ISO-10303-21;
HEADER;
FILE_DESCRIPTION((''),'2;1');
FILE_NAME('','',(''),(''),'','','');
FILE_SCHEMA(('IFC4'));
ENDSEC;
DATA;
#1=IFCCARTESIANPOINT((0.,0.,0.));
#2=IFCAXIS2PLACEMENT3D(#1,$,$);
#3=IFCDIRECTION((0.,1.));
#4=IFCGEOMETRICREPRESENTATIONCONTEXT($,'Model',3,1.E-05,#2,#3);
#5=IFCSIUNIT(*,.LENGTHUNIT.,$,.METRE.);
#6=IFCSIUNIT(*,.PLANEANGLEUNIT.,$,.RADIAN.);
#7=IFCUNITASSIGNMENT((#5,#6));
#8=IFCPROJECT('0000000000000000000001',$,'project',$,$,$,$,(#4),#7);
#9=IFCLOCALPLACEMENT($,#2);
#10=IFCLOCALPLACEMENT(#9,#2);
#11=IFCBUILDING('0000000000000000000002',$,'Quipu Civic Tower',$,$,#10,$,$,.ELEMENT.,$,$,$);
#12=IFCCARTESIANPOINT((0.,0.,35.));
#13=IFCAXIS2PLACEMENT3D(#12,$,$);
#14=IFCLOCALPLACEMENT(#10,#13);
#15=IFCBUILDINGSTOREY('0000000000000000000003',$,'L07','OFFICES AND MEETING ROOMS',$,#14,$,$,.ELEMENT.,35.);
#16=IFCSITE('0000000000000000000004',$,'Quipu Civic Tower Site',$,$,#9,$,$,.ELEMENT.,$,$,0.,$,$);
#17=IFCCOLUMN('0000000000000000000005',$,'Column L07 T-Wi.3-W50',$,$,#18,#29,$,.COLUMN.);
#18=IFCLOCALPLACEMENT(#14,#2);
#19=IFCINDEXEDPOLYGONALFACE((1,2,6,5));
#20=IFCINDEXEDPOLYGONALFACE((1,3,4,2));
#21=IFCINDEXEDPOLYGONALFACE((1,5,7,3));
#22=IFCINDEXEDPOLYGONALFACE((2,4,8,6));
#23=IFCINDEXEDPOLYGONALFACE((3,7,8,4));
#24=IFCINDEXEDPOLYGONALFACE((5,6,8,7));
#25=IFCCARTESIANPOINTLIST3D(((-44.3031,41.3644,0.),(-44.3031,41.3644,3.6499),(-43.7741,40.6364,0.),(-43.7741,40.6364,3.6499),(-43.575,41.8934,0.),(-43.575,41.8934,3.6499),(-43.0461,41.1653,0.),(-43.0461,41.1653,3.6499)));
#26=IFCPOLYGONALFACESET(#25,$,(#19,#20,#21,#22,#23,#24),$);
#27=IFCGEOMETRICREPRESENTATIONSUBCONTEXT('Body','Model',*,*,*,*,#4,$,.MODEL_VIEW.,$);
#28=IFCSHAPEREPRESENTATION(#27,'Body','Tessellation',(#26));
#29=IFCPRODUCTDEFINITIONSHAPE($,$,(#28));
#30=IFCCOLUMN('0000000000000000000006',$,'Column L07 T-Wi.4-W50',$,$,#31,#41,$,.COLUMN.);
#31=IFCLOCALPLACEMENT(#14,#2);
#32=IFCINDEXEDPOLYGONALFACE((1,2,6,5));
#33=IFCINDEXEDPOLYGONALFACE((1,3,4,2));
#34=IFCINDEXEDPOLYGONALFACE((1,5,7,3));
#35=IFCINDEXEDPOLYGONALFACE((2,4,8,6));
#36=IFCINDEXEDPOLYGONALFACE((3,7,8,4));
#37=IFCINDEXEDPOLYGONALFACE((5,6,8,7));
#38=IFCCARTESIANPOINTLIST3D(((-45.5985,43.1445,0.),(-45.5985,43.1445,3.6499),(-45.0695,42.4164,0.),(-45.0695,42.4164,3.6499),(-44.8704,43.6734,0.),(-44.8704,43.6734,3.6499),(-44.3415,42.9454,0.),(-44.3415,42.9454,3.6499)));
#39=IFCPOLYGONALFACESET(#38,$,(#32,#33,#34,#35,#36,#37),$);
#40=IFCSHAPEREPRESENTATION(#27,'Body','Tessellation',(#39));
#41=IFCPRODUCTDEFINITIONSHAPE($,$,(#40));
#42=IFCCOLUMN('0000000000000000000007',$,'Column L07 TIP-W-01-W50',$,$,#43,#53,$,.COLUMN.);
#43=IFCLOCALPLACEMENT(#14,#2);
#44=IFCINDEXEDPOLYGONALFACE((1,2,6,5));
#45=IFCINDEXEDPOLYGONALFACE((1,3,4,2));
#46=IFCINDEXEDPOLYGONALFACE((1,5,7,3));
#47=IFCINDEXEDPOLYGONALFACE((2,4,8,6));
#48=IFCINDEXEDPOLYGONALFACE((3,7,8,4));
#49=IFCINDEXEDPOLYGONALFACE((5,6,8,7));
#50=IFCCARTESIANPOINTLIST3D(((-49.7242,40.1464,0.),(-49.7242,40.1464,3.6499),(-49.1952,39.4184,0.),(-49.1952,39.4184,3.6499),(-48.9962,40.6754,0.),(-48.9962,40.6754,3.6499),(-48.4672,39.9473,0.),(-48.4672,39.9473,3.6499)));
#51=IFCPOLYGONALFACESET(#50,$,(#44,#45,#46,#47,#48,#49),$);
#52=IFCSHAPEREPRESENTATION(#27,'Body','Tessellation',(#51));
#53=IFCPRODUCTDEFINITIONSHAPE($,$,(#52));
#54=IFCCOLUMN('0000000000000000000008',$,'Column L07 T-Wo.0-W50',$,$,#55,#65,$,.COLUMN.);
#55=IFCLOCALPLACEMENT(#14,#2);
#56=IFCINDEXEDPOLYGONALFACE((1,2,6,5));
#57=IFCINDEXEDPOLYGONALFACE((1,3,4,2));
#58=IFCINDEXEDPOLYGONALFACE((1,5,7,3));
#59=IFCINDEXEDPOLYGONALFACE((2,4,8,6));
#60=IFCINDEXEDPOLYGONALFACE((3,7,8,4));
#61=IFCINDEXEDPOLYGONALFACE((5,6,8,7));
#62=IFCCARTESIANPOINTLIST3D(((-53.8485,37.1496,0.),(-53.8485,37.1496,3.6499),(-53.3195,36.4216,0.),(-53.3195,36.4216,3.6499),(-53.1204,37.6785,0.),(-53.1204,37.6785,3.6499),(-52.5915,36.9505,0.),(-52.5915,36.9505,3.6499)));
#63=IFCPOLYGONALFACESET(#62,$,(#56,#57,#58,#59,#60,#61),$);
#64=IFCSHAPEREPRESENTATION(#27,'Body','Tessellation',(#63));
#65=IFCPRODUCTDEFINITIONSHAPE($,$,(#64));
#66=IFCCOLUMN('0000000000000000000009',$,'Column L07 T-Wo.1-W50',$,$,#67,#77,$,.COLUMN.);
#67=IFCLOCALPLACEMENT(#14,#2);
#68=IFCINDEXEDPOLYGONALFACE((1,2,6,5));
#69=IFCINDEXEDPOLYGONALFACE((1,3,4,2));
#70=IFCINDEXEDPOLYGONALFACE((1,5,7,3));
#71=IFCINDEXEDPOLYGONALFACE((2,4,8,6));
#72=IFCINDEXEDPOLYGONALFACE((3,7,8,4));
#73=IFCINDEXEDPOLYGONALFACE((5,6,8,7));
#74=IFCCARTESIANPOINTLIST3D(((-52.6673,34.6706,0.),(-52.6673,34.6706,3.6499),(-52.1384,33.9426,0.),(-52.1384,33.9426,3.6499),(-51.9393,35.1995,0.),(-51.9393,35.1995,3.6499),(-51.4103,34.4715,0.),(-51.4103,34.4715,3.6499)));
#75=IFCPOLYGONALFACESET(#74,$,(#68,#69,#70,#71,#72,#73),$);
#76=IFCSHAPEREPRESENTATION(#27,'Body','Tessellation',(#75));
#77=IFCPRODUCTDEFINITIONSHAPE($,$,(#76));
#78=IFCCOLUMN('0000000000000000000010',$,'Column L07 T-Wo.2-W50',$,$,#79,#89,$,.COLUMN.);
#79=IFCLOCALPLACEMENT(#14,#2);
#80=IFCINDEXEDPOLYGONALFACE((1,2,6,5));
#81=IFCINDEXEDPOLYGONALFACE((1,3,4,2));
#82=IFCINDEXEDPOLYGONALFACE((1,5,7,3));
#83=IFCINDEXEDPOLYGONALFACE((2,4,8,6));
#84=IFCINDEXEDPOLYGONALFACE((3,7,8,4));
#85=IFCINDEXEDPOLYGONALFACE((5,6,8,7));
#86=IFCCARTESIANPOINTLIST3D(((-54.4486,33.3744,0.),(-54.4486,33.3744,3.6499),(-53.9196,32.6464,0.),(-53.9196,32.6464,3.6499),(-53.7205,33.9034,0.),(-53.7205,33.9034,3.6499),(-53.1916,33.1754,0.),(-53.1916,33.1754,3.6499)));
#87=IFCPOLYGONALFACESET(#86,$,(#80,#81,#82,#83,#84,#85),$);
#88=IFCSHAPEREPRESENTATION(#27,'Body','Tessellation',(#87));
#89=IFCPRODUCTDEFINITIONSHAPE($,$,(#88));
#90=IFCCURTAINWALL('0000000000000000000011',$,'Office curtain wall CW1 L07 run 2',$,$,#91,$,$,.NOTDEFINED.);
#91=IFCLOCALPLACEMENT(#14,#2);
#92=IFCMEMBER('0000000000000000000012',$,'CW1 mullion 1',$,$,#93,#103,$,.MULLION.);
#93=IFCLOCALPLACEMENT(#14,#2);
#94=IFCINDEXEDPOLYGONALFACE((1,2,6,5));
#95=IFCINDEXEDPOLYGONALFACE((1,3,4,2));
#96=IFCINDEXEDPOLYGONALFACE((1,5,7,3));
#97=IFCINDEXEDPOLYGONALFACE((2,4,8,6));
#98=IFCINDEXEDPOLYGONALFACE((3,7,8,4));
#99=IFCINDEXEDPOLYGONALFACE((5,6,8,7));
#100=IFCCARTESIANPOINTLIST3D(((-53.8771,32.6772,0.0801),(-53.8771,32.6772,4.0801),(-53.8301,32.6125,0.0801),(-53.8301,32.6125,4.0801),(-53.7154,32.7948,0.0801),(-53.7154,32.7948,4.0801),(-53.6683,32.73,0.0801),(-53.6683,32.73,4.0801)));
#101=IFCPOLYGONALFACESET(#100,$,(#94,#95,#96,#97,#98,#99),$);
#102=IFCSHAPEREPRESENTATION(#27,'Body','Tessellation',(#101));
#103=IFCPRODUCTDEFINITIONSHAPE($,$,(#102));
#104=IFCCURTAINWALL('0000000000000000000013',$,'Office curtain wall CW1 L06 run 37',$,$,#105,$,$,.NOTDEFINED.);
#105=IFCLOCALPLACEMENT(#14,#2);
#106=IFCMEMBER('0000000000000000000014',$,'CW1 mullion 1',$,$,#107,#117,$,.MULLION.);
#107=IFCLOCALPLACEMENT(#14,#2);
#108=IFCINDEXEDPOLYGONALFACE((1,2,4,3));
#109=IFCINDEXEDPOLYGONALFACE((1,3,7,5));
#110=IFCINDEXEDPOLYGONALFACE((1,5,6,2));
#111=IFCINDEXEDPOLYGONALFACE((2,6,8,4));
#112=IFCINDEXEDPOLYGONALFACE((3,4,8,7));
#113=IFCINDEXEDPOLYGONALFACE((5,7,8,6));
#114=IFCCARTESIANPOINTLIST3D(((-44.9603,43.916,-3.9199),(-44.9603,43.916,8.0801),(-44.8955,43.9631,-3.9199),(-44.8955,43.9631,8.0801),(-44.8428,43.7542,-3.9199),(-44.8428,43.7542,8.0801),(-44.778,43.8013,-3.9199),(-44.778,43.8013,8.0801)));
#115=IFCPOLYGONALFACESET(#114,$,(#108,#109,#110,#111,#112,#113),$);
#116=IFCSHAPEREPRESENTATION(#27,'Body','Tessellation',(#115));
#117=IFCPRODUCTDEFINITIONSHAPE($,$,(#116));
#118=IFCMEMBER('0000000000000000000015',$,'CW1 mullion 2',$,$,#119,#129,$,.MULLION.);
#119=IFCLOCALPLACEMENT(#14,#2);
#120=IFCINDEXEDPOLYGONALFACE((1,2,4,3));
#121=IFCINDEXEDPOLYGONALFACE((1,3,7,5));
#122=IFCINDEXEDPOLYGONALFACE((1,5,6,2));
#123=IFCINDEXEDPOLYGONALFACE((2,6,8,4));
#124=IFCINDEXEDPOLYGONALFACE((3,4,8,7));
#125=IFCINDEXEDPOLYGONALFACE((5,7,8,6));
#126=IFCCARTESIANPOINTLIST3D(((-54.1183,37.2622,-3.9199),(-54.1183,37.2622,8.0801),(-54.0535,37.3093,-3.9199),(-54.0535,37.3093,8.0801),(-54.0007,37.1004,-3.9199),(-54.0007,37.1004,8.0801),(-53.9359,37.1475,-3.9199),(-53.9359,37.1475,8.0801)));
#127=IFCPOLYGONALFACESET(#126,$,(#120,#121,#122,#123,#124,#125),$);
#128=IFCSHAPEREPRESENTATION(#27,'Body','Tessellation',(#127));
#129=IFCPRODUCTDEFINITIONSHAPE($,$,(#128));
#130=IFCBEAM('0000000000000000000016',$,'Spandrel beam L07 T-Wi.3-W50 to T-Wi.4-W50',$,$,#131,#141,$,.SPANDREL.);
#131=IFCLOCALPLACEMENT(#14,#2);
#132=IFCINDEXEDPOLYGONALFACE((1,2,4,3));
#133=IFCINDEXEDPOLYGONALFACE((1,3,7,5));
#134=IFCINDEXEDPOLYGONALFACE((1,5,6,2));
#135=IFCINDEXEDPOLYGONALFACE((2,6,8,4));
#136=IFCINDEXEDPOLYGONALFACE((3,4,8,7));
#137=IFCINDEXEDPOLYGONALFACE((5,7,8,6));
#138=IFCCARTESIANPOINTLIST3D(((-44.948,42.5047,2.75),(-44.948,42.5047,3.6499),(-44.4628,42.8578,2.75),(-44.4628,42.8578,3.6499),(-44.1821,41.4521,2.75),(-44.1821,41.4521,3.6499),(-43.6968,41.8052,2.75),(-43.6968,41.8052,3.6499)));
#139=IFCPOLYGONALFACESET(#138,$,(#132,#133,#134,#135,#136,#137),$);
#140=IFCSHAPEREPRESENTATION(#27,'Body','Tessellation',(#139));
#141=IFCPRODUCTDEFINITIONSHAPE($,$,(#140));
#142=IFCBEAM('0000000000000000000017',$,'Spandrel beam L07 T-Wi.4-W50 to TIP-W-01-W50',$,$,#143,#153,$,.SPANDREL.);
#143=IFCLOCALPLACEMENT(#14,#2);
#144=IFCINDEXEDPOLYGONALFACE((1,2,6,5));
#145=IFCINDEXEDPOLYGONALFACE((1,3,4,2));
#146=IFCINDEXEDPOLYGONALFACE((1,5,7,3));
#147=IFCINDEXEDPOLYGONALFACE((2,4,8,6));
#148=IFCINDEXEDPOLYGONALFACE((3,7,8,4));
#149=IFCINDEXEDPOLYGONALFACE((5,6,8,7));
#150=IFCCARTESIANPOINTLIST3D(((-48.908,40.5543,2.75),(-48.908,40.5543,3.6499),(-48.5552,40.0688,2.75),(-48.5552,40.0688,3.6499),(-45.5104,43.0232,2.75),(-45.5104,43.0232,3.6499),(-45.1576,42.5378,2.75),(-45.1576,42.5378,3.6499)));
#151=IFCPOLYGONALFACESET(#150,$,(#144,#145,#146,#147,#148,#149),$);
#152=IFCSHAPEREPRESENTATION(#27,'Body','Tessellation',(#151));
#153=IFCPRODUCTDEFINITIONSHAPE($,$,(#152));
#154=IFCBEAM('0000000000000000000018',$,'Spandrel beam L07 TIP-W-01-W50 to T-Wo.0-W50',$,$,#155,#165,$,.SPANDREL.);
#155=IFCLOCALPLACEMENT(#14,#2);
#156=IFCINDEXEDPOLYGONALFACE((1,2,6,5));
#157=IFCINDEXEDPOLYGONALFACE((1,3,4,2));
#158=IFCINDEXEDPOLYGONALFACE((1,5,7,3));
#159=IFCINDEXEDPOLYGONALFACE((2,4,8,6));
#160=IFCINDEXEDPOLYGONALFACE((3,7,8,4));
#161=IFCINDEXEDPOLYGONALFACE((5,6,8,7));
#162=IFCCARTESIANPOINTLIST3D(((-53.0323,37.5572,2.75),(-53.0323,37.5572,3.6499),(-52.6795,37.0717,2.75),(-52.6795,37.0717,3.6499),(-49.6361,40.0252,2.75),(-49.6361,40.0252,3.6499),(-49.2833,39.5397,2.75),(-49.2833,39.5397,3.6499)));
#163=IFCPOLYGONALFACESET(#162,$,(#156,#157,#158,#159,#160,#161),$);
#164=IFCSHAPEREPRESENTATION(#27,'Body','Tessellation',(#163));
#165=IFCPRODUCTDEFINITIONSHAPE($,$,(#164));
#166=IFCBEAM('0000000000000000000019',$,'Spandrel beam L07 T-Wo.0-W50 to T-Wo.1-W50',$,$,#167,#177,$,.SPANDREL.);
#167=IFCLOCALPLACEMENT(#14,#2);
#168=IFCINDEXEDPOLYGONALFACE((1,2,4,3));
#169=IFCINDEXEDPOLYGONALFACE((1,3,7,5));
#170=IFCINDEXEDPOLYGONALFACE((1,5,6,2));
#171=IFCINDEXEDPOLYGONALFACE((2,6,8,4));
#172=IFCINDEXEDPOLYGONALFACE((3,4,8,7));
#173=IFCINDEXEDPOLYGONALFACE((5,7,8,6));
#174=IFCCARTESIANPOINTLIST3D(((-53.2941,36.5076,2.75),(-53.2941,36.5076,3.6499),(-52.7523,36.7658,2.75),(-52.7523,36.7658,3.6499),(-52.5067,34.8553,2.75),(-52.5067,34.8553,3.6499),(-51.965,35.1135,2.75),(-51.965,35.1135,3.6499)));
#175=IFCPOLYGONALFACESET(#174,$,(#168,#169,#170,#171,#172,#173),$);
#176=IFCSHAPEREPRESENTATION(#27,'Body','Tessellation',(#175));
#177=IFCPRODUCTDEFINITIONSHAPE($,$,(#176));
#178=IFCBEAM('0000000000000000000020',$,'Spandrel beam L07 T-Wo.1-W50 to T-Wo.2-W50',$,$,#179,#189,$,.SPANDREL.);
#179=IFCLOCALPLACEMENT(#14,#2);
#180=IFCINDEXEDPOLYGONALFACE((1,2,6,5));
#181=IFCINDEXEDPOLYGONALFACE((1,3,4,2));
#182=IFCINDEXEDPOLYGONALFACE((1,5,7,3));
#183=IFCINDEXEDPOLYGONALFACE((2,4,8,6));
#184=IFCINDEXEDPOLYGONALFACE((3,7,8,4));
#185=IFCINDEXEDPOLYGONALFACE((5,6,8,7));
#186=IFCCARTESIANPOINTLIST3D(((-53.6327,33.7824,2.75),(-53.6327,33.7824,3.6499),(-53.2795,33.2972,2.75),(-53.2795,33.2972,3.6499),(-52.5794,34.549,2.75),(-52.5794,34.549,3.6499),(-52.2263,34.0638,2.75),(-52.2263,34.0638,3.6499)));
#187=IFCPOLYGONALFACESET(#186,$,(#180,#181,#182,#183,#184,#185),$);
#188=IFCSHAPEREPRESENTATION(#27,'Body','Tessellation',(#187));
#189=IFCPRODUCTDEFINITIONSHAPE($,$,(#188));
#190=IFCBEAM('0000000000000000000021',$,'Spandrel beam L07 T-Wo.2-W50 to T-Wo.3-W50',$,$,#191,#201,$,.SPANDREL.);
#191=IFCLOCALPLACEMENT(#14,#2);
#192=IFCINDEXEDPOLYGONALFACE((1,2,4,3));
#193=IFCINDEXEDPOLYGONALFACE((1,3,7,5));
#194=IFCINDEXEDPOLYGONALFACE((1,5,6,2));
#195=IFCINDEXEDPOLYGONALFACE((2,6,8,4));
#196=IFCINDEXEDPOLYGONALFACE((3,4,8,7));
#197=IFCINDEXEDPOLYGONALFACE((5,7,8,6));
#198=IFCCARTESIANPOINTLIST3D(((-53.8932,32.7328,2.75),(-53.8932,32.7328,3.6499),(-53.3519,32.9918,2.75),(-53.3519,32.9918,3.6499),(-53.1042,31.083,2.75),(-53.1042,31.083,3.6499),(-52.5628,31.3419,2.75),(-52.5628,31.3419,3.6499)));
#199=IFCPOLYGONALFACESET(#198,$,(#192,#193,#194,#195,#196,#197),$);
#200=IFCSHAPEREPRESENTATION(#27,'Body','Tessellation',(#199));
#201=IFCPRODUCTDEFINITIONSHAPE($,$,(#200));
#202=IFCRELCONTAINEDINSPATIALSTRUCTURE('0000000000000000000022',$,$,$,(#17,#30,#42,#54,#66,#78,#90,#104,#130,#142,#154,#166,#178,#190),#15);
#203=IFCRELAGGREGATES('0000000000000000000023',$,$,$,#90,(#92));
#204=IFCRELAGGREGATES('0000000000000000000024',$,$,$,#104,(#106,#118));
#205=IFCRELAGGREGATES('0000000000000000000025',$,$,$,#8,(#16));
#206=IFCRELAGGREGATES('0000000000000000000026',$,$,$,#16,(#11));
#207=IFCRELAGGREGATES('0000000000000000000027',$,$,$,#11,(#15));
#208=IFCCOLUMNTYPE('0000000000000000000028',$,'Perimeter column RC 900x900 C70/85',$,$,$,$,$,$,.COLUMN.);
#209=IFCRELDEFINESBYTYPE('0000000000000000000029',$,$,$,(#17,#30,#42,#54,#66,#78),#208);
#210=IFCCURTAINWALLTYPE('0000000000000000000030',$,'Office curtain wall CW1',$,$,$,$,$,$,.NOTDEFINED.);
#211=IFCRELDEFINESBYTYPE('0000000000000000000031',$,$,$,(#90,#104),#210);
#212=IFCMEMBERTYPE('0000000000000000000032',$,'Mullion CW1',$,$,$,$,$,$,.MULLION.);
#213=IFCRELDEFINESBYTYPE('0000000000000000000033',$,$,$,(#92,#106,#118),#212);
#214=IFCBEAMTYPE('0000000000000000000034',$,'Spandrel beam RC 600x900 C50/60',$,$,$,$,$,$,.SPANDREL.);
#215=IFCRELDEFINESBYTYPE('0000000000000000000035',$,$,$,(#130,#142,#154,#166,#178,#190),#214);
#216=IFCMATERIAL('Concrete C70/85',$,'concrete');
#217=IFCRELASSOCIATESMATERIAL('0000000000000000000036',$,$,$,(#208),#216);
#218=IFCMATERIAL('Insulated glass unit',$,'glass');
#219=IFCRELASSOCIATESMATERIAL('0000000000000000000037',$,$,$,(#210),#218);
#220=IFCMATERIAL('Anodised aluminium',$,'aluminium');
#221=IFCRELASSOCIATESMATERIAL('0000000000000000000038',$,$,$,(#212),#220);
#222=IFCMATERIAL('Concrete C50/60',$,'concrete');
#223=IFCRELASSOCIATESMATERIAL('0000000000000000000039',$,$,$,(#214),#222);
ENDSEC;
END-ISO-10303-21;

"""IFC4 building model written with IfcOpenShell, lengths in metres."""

from ifc_helpers import new_model, si_unit, direction, frame, origin, origin_2d, place, context, subcontext, project, spatial, rectangle, extrude, material, material_profile, profile_set, type_object, element, aggregate, save


model = new_model("IFC4")

# Units and contexts
model_context = context("Model", 3, precision=1e-05, world=origin(), true_north=direction((0.0, 1.0)))
body_context = subcontext(model_context, "Body", "Model", "MODEL_VIEW")
ifc_project = project(units=[si_unit("LENGTHUNIT", "METRE"), si_unit("PLANEANGLEUNIT", "RADIAN")], contexts=[model_context])

# Site, building, storey
site_placement = place(None, origin())
site = spatial("IfcSite", under=ifc_project, at=site_placement, Name="Quipu Civic Tower Site", CompositionType="ELEMENT", RefElevation=0.0)
building_placement = place(site_placement, origin())
building = spatial("IfcBuilding", under=site, at=building_placement, Name="Quipu Civic Tower", CompositionType="ELEMENT")
storey_placement = place(building_placement, frame((0.0, 0.0, 35.0)))
storey = spatial("IfcBuildingStorey", under=building, at=storey_placement, Name="L07", Description="OFFICES AND MEETING ROOMS", CompositionType="ELEMENT", Elevation=35.0)

# Columns
ifc_material_1 = material(Name="Concrete C70/85", Category="concrete")
ifc_material_profile_1 = material_profile(ifc_material_1, rectangle(XDim=0.8999, YDim=0.8999, at=origin_2d()), Name="RC900x900")
ifc_profile_set_1 = profile_set([ifc_material_profile_1], Name="Concrete C70/85")
column_type = type_object("IfcColumnType", Name="Perimeter column RC 900x900 C70/85", PredefinedType="COLUMN", material=ifc_profile_set_1)
for number, where, z_axis, x_axis, name in (
    (1, (-43.6746, 41.2649, 0.0), (0.0, 0.0, 1.0), (-0.809017, -0.587785, 0.0), "Column L07 T-Wi.3-W50"),
    (2, (-44.97, 43.0449, 0.0), (0.0, 0.0, 1.0), (-0.809017, -0.587785, 0.0), "Column L07 T-Wi.4-W50"),
    (3, (-49.0957, 40.0469, 0.0), (0.0, 0.0, 1.0), (-0.809017, -0.587785, 0.0), "Column L07 TIP-W-01-W50"),
    (4, (-53.22, 37.05, 0.0), (0.0, 0.0, 1.0), (0.587785, -0.809017, 0.0), "Column L07 T-Wo.0-W50"),
    (5, (-52.0388, 34.571, 0.0), (0.0, 0.0, 1.0), (-0.809017, -0.587785, 0.0), "Column L07 T-Wo.1-W50"),
    (6, (-53.8201, 33.2749, 0.0), (0.0, 0.0, 1.0), (0.587785, -0.809017, 0.0), "Column L07 T-Wo.2-W50"),
):
    element("IfcColumn", number, at=place(storey_placement, frame(where, z_axis=z_axis, x_axis=x_axis)), inside=storey, type_object=column_type, Name=name, PredefinedType="COLUMN", context=body_context, shape_type="SweptSolid", body=[
        extrude(rectangle(XDim=0.8999, YDim=0.8999, at=origin_2d()), origin(), (0.0, 0.0, 1.0), 3.6499),
    ])

# Curtain wall, member
ifc_material_2 = material(Name="Insulated glass unit", Category="glass")
curtain_wall_type = type_object("IfcCurtainWallType", Name="Office curtain wall CW1", PredefinedType="NOTDEFINED", material=ifc_material_2)
curtain_wall_1_placement = place(storey_placement, origin())
curtain_wall_1 = element("IfcCurtainWall", 7, at=curtain_wall_1_placement, inside=storey, type_object=curtain_wall_type, Name="Office curtain wall CW1 L07 run 2", PredefinedType="NOTDEFINED")
ifc_material_3 = material(Name="Anodised aluminium", Category="aluminium")
ifc_material_profile_2 = material_profile(ifc_material_3, rectangle(XDim=0.2, YDim=0.0801, at=origin_2d()), Name="RECT 200x80")
ifc_profile_set_2 = profile_set([ifc_material_profile_2], Name="Anodised aluminium")
member_type_1 = type_object("IfcMemberType", Name="Mullion CW1", PredefinedType="MULLION", material=ifc_profile_set_2)
member_1_placement = place(storey_placement, frame((-53.7727, 32.7036, 0.0801), z_axis=(0.0, 0.0, 1.0), x_axis=(0.809015, 0.587788, 0.0)))
member_1 = element("IfcMember", 8, at=member_1_placement, type_object=member_type_1, Name="CW1 mullion 1", PredefinedType="MULLION", context=body_context, shape_type="SweptSolid", body=[
    extrude(rectangle(XDim=0.2, YDim=0.0801, at=origin_2d()), origin(), (0.0, 0.0, 1.0), 4.0),
])

# Curtain wall, members
curtain_wall_2_placement = place(storey_placement, origin())
curtain_wall_2 = element("IfcCurtainWall", 9, at=curtain_wall_2_placement, inside=storey, type_object=curtain_wall_type, Name="Office curtain wall CW1 L06 run 37", PredefinedType="NOTDEFINED")
member_2_placement = place(storey_placement, frame((-44.8691, 43.8586, -3.9199), z_axis=(0.0, 0.0, 1.0), x_axis=(0.587782, -0.809019, 0.0)))
member_2 = element("IfcMember", 10, at=member_2_placement, type_object=member_type_1, Name="CW1 mullion 1", PredefinedType="MULLION", context=body_context, shape_type="SweptSolid", body=[
    extrude(rectangle(XDim=0.2, YDim=0.0801, at=origin_2d()), origin(), (0.0, 0.0, 1.0), 12.0),
])
member_3_placement = place(storey_placement, frame((-54.0271, 37.2048, -3.9199), z_axis=(0.0, 0.0, 1.0), x_axis=(0.587782, -0.809019, 0.0)))
member_3 = element("IfcMember", 11, at=member_3_placement, type_object=member_type_1, Name="CW1 mullion 2", PredefinedType="MULLION", context=body_context, shape_type="SweptSolid", body=[
    extrude(rectangle(XDim=0.2, YDim=0.0801, at=origin_2d()), origin(), (0.0, 0.0, 1.0), 12.0),
])

# Beams
ifc_material_4 = material(Name="Concrete C50/60", Category="concrete")
ifc_material_profile_3 = material_profile(ifc_material_4, rectangle(XDim=0.6001, YDim=0.8999, at=origin_2d()), Name="RC600x900")
ifc_profile_set_3 = profile_set([ifc_material_profile_3], Name="Concrete C50/60")
beam_type = type_object("IfcBeamType", Name="Spandrel beam RC 600x900 C50/60", PredefinedType="SPANDREL", material=ifc_profile_set_3)
beam_1_placement = place(storey_placement, frame((-43.9395, 41.6287, 3.2), z_axis=(-0.588384, 0.808582, 0.0), x_axis=(-0.808582, -0.588384, 0.0)))
element("IfcBeam", 12, at=beam_1_placement, inside=storey, type_object=beam_type, Name="Spandrel beam L07 T-Wi.3-W50 to T-Wi.4-W50", PredefinedType="SPANDREL", context=body_context, shape_type="SweptSolid", body=[
    extrude(rectangle(XDim=0.6001, YDim=0.8999, at=origin_2d()), origin(), (0.0, 0.0, 1.0), 1.3018),
])
beam_2_placement = place(storey_placement, frame((-45.334, 42.7805, 3.2), z_axis=(-0.80897, -0.58785, 0.0), x_axis=(0.58785, -0.80897, 0.0)))
element("IfcBeam", 13, at=beam_2_placement, inside=storey, type_object=beam_type, Name="Spandrel beam L07 T-Wi.4-W50 to TIP-W-01-W50", PredefinedType="SPANDREL", context=body_context, shape_type="SweptSolid", body=[
    extrude(rectangle(XDim=0.6001, YDim=0.8999, at=origin_2d()), origin(), (0.0, 0.0, 1.0), 4.2),
])
beam_3_placement = place(storey_placement, frame((-49.4597, 39.7825, 3.2), z_axis=(-0.80896, -0.587864, 0.0), x_axis=(0.587864, -0.80896, 0.0)))
element("IfcBeam", 14, at=beam_3_placement, inside=storey, type_object=beam_type, Name="Spandrel beam L07 TIP-W-01-W50 to T-Wo.0-W50", PredefinedType="SPANDREL", context=body_context, shape_type="SweptSolid", body=[
    extrude(rectangle(XDim=0.6001, YDim=0.8999, at=origin_2d()), origin(), (0.0, 0.0, 1.0), 4.1982),
])
beam_4_placement = place(storey_placement, frame((-53.0232, 36.6367, 3.2), z_axis=(0.430167, -0.90275, 0.0), x_axis=(0.90275, 0.430167, 0.0)))
element("IfcBeam", 15, at=beam_4_placement, inside=storey, type_object=beam_type, Name="Spandrel beam L07 T-Wo.0-W50 to T-Wo.1-W50", PredefinedType="SPANDREL", context=body_context, shape_type="SweptSolid", body=[
    extrude(rectangle(XDim=0.6001, YDim=0.8999, at=origin_2d()), origin(), (0.0, 0.0, 1.0), 1.8303),
])
beam_5_placement = place(storey_placement, frame((-52.4028, 34.3064, 3.2), z_axis=(-0.808509, -0.588484, 0.0), x_axis=(0.588484, -0.808509, 0.0)))
element("IfcBeam", 16, at=beam_5_placement, inside=storey, type_object=beam_type, Name="Spandrel beam L07 T-Wo.1-W50 to T-Wo.2-W50", PredefinedType="SPANDREL", context=body_context, shape_type="SweptSolid", body=[
    extrude(rectangle(XDim=0.6001, YDim=0.8999, at=origin_2d()), origin(), (0.0, 0.0, 1.0), 1.3027),
])
beam_6_placement = place(storey_placement, frame((-53.6226, 32.8623, 3.2), z_axis=(0.431446, -0.902139, 0.0), x_axis=(0.902139, 0.431446, 0.0)))
element("IfcBeam", 17, at=beam_6_placement, inside=storey, type_object=beam_type, Name="Spandrel beam L07 T-Wo.2-W50 to T-Wo.3-W50", PredefinedType="SPANDREL", context=body_context, shape_type="SweptSolid", body=[
    extrude(rectangle(XDim=0.6001, YDim=0.8999, at=origin_2d()), origin(), (0.0, 0.0, 1.0), 1.8289),
])

aggregate(curtain_wall_1, [member_1])
aggregate(curtain_wall_2, [member_2, member_3])

save(model, "model.ifc")
